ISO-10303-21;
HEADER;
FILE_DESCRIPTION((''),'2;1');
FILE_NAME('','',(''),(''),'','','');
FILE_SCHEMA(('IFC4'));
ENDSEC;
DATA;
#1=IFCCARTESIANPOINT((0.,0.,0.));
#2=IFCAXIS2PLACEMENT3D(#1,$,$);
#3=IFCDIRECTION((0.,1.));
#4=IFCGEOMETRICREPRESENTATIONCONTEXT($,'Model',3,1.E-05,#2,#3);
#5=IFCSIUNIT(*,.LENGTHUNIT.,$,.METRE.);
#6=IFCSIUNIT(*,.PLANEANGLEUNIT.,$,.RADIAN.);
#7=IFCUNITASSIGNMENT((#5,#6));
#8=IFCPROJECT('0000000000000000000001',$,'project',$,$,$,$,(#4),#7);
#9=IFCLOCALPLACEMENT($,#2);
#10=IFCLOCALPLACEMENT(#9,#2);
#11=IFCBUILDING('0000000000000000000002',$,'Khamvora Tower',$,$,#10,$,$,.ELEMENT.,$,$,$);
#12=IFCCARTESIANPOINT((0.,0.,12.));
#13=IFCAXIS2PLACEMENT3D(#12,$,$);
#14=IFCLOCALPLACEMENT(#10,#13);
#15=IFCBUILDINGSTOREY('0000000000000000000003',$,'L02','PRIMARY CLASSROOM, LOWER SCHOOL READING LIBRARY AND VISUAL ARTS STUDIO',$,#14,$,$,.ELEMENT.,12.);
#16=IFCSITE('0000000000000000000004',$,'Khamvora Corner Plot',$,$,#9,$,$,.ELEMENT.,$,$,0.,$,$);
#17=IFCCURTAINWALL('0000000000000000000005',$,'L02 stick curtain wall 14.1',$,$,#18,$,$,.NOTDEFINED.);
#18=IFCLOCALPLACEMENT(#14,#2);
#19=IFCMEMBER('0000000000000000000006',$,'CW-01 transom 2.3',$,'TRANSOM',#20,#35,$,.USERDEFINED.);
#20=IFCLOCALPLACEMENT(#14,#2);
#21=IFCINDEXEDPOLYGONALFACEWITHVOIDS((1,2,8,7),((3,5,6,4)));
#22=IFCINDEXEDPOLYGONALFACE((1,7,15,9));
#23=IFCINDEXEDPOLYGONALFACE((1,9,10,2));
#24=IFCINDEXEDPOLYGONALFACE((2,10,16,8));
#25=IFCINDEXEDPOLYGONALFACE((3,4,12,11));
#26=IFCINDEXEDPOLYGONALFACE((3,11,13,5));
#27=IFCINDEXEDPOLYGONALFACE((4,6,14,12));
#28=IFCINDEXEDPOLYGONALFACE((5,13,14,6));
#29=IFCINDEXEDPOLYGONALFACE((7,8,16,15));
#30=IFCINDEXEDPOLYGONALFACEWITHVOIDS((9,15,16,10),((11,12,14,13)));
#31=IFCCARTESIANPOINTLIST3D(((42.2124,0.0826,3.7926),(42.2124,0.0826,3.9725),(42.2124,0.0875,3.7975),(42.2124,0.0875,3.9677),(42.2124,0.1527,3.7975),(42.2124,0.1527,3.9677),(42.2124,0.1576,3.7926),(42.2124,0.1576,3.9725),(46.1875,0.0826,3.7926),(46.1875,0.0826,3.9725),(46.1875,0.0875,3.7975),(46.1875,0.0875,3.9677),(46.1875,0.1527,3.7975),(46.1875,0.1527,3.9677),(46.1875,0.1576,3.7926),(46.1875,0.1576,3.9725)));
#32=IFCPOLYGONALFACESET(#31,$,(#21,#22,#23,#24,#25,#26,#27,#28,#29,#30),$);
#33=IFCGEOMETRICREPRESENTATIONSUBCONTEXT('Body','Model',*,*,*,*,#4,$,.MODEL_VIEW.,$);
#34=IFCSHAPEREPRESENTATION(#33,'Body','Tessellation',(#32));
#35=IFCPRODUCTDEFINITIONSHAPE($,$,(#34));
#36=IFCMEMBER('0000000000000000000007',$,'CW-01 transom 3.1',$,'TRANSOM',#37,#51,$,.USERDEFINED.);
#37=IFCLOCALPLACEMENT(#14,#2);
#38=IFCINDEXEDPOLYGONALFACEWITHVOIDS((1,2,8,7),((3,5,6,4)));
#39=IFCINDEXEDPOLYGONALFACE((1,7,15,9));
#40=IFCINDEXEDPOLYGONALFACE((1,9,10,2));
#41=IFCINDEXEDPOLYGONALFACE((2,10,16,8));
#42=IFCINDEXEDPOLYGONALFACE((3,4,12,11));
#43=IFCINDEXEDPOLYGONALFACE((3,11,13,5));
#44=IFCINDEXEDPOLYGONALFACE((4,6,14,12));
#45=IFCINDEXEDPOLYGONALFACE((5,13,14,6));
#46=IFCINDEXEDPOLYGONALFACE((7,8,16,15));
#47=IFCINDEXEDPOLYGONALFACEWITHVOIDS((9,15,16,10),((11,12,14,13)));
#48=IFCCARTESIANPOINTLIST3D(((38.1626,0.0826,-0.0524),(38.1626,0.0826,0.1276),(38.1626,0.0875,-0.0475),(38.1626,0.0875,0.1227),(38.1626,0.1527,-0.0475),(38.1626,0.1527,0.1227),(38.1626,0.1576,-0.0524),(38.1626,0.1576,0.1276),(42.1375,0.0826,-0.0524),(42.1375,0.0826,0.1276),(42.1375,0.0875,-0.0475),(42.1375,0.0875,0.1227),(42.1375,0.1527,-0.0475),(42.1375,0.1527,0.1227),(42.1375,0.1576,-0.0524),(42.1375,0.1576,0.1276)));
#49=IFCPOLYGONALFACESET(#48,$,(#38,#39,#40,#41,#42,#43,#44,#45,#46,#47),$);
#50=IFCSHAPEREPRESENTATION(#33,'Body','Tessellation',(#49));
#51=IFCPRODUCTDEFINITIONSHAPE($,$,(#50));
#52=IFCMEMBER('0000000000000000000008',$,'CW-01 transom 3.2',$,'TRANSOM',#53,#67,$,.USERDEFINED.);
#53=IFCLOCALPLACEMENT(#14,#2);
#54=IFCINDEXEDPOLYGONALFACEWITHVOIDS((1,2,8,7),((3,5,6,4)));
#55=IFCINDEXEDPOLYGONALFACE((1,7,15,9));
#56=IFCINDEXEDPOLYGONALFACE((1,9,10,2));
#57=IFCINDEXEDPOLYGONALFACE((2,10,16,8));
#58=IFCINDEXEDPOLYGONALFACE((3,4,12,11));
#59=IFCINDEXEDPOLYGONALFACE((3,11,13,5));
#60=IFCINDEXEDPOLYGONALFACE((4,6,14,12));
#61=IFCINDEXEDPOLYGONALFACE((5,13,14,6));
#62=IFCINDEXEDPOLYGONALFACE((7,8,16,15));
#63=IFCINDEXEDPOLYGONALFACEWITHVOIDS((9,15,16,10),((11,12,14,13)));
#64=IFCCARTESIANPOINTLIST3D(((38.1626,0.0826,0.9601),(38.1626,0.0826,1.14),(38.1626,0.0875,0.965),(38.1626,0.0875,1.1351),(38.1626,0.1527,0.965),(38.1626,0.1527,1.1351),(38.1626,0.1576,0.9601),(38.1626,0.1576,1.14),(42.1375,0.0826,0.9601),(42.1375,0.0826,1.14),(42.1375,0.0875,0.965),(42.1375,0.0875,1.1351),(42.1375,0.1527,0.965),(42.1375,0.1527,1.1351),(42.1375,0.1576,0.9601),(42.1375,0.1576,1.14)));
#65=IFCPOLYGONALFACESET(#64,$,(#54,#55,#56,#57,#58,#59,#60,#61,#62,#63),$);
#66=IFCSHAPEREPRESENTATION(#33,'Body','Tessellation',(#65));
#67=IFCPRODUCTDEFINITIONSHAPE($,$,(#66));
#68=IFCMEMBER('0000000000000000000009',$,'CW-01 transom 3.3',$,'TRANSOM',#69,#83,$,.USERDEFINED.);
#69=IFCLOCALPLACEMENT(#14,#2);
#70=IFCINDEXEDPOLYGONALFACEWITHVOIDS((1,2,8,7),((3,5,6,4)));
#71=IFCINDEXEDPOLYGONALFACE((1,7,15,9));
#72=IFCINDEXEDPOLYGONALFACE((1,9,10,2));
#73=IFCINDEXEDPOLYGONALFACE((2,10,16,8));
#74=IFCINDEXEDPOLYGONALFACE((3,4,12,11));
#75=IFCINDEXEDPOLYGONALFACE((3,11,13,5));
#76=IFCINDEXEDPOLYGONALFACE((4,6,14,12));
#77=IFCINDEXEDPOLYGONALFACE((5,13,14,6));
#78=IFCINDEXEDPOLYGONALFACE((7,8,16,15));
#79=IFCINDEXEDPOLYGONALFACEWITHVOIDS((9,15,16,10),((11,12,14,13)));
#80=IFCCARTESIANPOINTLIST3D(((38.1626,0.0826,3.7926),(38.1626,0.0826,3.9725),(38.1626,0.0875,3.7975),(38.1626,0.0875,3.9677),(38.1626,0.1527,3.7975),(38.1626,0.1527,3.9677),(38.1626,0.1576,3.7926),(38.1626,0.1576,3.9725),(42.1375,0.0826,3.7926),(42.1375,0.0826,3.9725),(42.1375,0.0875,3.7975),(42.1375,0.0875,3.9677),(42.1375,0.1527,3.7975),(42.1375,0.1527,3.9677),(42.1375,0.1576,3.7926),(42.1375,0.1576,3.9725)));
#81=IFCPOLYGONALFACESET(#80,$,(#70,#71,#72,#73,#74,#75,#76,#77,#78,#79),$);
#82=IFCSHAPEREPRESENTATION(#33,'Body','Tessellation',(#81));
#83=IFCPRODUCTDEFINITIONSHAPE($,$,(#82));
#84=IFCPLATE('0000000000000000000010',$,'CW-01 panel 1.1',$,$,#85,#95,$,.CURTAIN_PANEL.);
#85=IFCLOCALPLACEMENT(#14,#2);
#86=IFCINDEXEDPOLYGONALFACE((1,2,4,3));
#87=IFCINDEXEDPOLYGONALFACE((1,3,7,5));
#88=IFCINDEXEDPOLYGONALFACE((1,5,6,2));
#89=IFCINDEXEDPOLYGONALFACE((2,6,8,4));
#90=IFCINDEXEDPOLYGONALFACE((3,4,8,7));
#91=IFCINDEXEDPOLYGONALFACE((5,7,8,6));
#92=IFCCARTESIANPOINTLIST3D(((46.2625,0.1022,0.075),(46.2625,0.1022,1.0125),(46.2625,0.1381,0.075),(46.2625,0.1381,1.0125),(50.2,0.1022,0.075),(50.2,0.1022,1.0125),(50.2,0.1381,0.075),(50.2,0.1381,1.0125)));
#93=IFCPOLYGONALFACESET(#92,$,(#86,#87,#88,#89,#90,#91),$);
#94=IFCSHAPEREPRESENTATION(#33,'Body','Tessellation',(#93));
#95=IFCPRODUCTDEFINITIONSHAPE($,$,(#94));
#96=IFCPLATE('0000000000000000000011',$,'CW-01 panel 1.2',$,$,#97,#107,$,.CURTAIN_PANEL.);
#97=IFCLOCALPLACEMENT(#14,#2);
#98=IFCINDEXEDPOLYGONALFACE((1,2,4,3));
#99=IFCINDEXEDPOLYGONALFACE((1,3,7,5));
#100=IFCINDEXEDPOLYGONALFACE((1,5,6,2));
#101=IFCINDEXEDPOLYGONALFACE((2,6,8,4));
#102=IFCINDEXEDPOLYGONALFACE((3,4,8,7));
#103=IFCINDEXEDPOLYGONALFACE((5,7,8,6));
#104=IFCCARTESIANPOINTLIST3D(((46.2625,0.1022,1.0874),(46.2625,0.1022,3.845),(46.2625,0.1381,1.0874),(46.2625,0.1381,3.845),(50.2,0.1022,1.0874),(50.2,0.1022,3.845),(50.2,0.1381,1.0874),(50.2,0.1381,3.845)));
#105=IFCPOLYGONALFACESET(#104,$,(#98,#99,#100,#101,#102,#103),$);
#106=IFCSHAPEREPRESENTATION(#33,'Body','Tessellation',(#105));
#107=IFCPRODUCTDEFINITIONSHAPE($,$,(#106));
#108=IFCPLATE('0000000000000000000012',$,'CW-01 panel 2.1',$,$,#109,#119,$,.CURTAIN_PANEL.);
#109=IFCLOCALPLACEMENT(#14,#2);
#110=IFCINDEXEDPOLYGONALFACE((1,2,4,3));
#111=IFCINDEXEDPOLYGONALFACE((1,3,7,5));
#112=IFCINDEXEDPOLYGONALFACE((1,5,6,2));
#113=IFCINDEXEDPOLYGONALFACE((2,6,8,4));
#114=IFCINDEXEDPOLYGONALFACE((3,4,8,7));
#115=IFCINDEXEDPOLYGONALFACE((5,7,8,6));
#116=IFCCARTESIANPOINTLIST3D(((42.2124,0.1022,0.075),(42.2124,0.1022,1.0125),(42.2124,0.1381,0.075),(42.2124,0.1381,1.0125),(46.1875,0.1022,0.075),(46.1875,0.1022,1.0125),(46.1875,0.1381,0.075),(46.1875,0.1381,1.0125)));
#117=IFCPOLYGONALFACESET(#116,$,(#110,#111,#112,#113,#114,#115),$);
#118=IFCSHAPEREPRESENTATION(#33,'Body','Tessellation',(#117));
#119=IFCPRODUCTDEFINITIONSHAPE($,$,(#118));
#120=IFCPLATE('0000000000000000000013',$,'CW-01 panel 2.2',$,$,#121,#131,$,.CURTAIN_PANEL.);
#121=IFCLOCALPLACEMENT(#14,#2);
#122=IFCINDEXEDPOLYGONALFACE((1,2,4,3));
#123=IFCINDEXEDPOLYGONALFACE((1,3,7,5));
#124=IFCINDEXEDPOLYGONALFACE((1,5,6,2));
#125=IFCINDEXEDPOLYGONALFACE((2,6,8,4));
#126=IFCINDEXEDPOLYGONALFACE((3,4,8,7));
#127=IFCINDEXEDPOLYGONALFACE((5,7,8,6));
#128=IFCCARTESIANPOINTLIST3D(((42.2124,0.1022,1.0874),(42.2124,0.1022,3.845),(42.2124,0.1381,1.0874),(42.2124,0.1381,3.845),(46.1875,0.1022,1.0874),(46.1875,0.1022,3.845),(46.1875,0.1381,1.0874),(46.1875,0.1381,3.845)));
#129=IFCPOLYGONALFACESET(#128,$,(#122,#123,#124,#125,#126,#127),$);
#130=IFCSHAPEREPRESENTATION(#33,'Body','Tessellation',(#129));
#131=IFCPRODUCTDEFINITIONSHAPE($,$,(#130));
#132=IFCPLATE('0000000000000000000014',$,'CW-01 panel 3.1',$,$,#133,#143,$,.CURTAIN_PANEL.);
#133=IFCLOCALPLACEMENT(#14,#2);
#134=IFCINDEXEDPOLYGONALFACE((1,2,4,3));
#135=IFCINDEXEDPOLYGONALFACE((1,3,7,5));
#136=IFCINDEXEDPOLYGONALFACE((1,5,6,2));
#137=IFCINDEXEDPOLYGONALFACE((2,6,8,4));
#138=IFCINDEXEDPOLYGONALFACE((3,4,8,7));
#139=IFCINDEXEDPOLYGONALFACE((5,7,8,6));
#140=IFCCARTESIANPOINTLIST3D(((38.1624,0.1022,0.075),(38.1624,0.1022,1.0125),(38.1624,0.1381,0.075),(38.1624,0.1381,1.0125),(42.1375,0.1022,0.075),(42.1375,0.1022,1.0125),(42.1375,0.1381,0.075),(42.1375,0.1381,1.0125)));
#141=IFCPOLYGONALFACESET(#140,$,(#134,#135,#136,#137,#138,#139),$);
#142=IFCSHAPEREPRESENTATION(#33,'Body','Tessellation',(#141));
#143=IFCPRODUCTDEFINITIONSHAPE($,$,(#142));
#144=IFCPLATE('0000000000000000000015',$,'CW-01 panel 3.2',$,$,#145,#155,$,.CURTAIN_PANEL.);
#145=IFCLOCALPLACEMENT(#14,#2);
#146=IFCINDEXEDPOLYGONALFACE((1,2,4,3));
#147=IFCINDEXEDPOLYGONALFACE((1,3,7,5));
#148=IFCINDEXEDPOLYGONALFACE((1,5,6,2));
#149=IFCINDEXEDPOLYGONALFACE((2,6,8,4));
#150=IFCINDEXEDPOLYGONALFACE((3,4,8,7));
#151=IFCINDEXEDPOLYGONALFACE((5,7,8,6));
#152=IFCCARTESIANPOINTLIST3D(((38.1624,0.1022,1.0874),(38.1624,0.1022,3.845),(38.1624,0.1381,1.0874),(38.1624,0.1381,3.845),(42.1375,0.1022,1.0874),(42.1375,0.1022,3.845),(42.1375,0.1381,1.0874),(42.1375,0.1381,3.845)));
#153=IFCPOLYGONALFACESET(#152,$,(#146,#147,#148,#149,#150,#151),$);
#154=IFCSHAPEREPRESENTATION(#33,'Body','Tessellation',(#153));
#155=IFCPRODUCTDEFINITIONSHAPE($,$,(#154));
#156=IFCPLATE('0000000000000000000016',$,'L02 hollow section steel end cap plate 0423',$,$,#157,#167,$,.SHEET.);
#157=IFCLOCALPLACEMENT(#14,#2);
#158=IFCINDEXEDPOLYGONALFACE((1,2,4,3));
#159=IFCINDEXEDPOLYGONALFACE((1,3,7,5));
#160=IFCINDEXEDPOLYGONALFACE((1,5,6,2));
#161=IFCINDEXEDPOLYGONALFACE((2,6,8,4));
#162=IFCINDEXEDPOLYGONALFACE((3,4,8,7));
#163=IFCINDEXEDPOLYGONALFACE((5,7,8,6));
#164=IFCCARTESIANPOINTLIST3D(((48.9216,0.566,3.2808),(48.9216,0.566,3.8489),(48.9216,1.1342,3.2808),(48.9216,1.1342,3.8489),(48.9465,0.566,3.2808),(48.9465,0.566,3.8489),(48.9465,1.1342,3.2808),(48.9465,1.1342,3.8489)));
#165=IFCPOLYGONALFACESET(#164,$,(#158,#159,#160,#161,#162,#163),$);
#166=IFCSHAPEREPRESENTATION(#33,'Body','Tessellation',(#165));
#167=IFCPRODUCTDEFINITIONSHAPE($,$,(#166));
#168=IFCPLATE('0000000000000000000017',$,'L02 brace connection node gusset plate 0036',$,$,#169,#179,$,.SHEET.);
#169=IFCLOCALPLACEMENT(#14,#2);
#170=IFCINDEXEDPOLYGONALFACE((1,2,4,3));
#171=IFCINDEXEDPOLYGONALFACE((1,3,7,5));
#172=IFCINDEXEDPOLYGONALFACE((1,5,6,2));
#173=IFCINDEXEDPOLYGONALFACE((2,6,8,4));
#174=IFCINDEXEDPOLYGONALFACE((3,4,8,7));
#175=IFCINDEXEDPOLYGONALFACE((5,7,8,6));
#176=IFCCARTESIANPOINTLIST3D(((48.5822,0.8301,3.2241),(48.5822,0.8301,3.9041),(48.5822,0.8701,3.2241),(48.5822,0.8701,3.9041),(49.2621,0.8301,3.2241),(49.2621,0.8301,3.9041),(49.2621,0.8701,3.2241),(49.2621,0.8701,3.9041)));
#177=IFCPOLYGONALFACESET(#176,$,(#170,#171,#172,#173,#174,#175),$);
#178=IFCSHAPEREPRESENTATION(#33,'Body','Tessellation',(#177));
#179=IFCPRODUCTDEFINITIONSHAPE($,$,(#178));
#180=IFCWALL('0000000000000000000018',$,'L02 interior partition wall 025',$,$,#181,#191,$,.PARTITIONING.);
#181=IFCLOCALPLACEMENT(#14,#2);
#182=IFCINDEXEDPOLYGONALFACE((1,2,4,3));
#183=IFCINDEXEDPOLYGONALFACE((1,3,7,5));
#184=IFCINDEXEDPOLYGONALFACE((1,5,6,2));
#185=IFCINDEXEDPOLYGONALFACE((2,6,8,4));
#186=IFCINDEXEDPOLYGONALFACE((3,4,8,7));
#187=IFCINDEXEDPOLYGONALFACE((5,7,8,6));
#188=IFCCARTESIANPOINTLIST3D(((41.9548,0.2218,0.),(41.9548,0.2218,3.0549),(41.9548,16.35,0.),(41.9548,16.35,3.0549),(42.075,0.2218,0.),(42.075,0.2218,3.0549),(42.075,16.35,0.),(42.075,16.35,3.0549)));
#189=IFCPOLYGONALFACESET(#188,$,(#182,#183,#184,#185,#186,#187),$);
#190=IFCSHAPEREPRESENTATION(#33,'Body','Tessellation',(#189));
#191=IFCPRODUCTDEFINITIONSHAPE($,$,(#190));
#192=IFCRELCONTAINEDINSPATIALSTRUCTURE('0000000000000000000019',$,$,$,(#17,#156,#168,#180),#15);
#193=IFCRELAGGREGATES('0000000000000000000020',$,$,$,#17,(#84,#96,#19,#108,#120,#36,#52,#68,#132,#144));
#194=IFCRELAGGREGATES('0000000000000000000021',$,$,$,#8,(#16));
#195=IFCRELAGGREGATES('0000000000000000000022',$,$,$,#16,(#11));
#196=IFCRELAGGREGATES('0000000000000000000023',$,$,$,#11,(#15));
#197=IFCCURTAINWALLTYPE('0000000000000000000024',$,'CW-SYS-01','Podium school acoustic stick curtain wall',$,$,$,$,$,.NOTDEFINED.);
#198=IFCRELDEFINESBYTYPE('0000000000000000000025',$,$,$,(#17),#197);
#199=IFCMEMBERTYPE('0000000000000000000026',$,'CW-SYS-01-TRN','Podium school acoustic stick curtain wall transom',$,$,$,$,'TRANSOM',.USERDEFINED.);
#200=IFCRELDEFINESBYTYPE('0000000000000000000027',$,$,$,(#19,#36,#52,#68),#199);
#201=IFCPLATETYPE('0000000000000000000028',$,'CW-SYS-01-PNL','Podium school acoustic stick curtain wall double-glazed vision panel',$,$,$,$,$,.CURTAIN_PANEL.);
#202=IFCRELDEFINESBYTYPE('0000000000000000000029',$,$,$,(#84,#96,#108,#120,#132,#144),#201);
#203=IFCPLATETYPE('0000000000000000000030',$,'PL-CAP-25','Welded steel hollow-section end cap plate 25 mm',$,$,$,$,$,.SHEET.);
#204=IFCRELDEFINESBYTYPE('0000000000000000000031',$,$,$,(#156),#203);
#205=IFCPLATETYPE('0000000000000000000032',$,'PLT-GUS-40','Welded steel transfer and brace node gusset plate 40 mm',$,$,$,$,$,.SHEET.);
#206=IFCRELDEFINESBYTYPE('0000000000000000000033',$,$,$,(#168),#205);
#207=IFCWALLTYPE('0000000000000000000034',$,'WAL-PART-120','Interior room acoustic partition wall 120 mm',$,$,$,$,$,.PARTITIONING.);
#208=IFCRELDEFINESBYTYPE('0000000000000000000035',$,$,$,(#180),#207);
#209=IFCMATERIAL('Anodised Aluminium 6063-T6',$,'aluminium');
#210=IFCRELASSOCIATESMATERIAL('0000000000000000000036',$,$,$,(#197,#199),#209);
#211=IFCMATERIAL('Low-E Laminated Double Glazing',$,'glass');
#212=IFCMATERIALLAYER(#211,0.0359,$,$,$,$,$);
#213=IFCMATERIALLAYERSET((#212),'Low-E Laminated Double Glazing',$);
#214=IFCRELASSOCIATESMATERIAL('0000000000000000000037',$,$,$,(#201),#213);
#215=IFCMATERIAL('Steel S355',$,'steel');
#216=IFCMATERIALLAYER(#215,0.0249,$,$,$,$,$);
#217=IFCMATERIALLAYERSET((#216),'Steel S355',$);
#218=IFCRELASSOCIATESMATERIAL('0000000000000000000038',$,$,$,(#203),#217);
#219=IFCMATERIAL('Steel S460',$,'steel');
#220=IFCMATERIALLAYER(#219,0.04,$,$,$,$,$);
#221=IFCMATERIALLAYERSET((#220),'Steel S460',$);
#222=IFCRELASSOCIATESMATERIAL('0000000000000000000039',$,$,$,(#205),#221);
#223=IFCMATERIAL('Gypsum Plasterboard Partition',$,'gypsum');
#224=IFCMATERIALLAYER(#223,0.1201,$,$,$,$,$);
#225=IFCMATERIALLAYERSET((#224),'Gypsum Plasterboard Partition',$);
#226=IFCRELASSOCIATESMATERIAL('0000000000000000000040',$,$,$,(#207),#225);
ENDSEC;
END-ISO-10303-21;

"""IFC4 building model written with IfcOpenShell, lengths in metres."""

from ifc_helpers import new_model, si_unit, direction, frame, frame_2d, origin, origin_2d, place, context, subcontext, project, spatial, rectangle, hollow_rectangle, extrude, material, layer, layer_set, material_profile, profile_set, type_object, element, aggregate, save


model = new_model("IFC4")

# Units and contexts
model_context = context("Model", 3, precision=1e-05, world=origin(), true_north=direction((0.0, 1.0)))
body_context = subcontext(model_context, "Body", "Model", "MODEL_VIEW")
ifc_project = project(units=[si_unit("LENGTHUNIT", "METRE"), si_unit("PLANEANGLEUNIT", "RADIAN")], contexts=[model_context])

# Site, building, storey
site_placement = place(None, origin())
site = spatial("IfcSite", under=ifc_project, at=site_placement, Name="Khamvora Corner Plot", CompositionType="ELEMENT", RefElevation=0.0)
building_placement = place(site_placement, origin())
building = spatial("IfcBuilding", under=site, at=building_placement, Name="Khamvora Tower", CompositionType="ELEMENT")
storey_placement = place(building_placement, frame((0.0, 0.0, 12.0)))
storey = spatial("IfcBuildingStorey", under=building, at=storey_placement, Name="L02", Description="PRIMARY CLASSROOM, LOWER SCHOOL READING LIBRARY AND VISUAL ARTS STUDIO", CompositionType="ELEMENT", Elevation=12.0)

# Shared definitions
ifc_material_1 = material(Name="Steel S460", Category="steel")

# Shared definitions
ifc_material_2 = material(Name="Steel S355", Category="steel")

# Curtain wall, members, plates
ifc_material_3 = material(Name="Anodised Aluminium 6063-T6", Category="aluminium")
curtain_wall_type = type_object("IfcCurtainWallType", Name="CW-SYS-01", Description="Podium school acoustic stick curtain wall", PredefinedType="NOTDEFINED", material=ifc_material_3)
curtain_wall_placement = place(storey_placement, origin())
curtain_wall = element("IfcCurtainWall", 1, at=curtain_wall_placement, inside=storey, type_object=curtain_wall_type, Name="L02 stick curtain wall 14.1", PredefinedType="NOTDEFINED")
ifc_material_profile_1 = material_profile(ifc_material_3, hollow_rectangle(XDim=0.075, YDim=0.1799, WallThickness=0.0049, at=origin_2d()), Name="TRN75x180x5")
ifc_profile_set_1 = profile_set([ifc_material_profile_1], Name="Anodised Aluminium 6063-T6")
member_type_1 = type_object("IfcMemberType", Name="CW-SYS-01-TRN", Description="Podium school acoustic stick curtain wall transom", ElementType="TRANSOM", PredefinedType="USERDEFINED", material=ifc_profile_set_1)
member_1_placement = place(storey_placement, frame((46.1875, 0.1201, 3.8826), z_axis=(-1.0, 0.0, 0.0), x_axis=(0.0, -1.0, 0.0)))
member_1 = element("IfcMember", 2, at=member_1_placement, type_object=member_type_1, Name="CW-01 transom 2.3", ObjectType="TRANSOM", PredefinedType="USERDEFINED", context=body_context, shape_type="SweptSolid", body=[
    extrude(hollow_rectangle(XDim=0.075, YDim=0.1799, WallThickness=0.0049, at=origin_2d()), origin(), (0.0, 0.0, 1.0), 3.9751),
])
member_2_placement = place(storey_placement, frame((42.1375, 0.1201, 0.0376), z_axis=(-1.0, 0.0, 0.0), x_axis=(0.0, -1.0, 0.0)))
member_2 = element("IfcMember", 3, at=member_2_placement, type_object=member_type_1, Name="CW-01 transom 3.1", ObjectType="TRANSOM", PredefinedType="USERDEFINED", context=body_context, shape_type="SweptSolid", body=[
    extrude(hollow_rectangle(XDim=0.075, YDim=0.1799, WallThickness=0.0049, at=origin_2d()), origin(), (0.0, 0.0, 1.0), 3.9749),
])
member_3_placement = place(storey_placement, frame((42.1375, 0.1201, 1.05), z_axis=(-1.0, 0.0, 0.0), x_axis=(0.0, -1.0, 0.0)))
member_3 = element("IfcMember", 4, at=member_3_placement, type_object=member_type_1, Name="CW-01 transom 3.2", ObjectType="TRANSOM", PredefinedType="USERDEFINED", context=body_context, shape_type="SweptSolid", body=[
    extrude(hollow_rectangle(XDim=0.075, YDim=0.1799, WallThickness=0.0049, at=origin_2d()), origin(), (0.0, 0.0, 1.0), 3.9749),
])
member_4_placement = place(storey_placement, frame((42.1375, 0.1201, 3.8826), z_axis=(-1.0, 0.0, 0.0), x_axis=(0.0, -1.0, 0.0)))
member_4 = element("IfcMember", 5, at=member_4_placement, type_object=member_type_1, Name="CW-01 transom 3.3", ObjectType="TRANSOM", PredefinedType="USERDEFINED", context=body_context, shape_type="SweptSolid", body=[
    extrude(hollow_rectangle(XDim=0.075, YDim=0.1799, WallThickness=0.0049, at=origin_2d()), origin(), (0.0, 0.0, 1.0), 3.9749),
])
ifc_material_4 = material(Name="Low-E Laminated Double Glazing", Category="glass")
ifc_layer_1 = layer(ifc_material_4, 0.0359)
ifc_layer_set_1 = layer_set([ifc_layer_1], Name="Low-E Laminated Double Glazing")
plate_type_1 = type_object("IfcPlateType", Name="CW-SYS-01-PNL", Description="Podium school acoustic stick curtain wall double-glazed vision panel", PredefinedType="CURTAIN_PANEL", material=ifc_layer_set_1)
plate_1_placement = place(storey_placement, frame((48.2312, 0.1201, 0.075), z_axis=(0.0, 0.0, 1.0), x_axis=(-1.0, 0.0, 0.0)))
plate_1 = element("IfcPlate", 6, at=plate_1_placement, type_object=plate_type_1, Name="CW-01 panel 1.1", PredefinedType="CURTAIN_PANEL", context=body_context, shape_type="SweptSolid", body=[
    extrude(rectangle(XDim=3.9375, YDim=0.0359, at=origin_2d()), origin(), (0.0, 0.0, 1.0), 0.9375),
])
plate_2_placement = place(storey_placement, frame((48.2312, 0.1201, 1.0874), z_axis=(0.0, 0.0, 1.0), x_axis=(-1.0, 0.0, 0.0)))
plate_2 = element("IfcPlate", 7, at=plate_2_placement, type_object=plate_type_1, Name="CW-01 panel 1.2", PredefinedType="CURTAIN_PANEL", context=body_context, shape_type="SweptSolid", body=[
    extrude(rectangle(XDim=3.9375, YDim=0.0359, at=origin_2d()), origin(), (0.0, 0.0, 1.0), 2.7576),
])
plate_3_placement = place(storey_placement, frame((44.2, 0.1201, 0.075), z_axis=(0.0, 0.0, 1.0), x_axis=(-1.0, 0.0, 0.0)))
plate_3 = element("IfcPlate", 8, at=plate_3_placement, type_object=plate_type_1, Name="CW-01 panel 2.1", PredefinedType="CURTAIN_PANEL", context=body_context, shape_type="SweptSolid", body=[
    extrude(rectangle(XDim=3.9751, YDim=0.0359, at=origin_2d()), origin(), (0.0, 0.0, 1.0), 0.9375),
])
plate_4_placement = place(storey_placement, frame((44.2, 0.1201, 1.0874), z_axis=(0.0, 0.0, 1.0), x_axis=(-1.0, 0.0, 0.0)))
plate_4 = element("IfcPlate", 9, at=plate_4_placement, type_object=plate_type_1, Name="CW-01 panel 2.2", PredefinedType="CURTAIN_PANEL", context=body_context, shape_type="SweptSolid", body=[
    extrude(rectangle(XDim=3.9751, YDim=0.0359, at=origin_2d()), origin(), (0.0, 0.0, 1.0), 2.7576),
])
plate_5_placement = place(storey_placement, frame((40.1499, 0.1201, 0.075), z_axis=(0.0, 0.0, 1.0), x_axis=(-1.0, 0.0, 0.0)))
plate_5 = element("IfcPlate", 10, at=plate_5_placement, type_object=plate_type_1, Name="CW-01 panel 3.1", PredefinedType="CURTAIN_PANEL", context=body_context, shape_type="SweptSolid", body=[
    extrude(rectangle(XDim=3.9751, YDim=0.0359, at=origin_2d()), origin(), (0.0, 0.0, 1.0), 0.9375),
])
plate_6_placement = place(storey_placement, frame((40.1499, 0.1201, 1.0874), z_axis=(0.0, 0.0, 1.0), x_axis=(-1.0, 0.0, 0.0)))
plate_6 = element("IfcPlate", 11, at=plate_6_placement, type_object=plate_type_1, Name="CW-01 panel 3.2", PredefinedType="CURTAIN_PANEL", context=body_context, shape_type="SweptSolid", body=[
    extrude(rectangle(XDim=3.9751, YDim=0.0359, at=origin_2d()), origin(), (0.0, 0.0, 1.0), 2.7576),
])
aggregate(curtain_wall, [plate_1, plate_2, member_1, plate_3, plate_4, member_2, member_3, member_4, plate_5, plate_6])

# Plates
ifc_layer_2 = layer(ifc_material_2, 0.0249)
ifc_layer_set_2 = layer_set([ifc_layer_2], Name="Steel S355")
plate_type_2 = type_object("IfcPlateType", Name="PL-CAP-25", Description="Welded steel hollow-section end cap plate 25 mm", PredefinedType="SHEET", material=ifc_layer_set_2)
plate_7_placement = place(storey_placement, frame((48.9341, 0.8501, 3.2808), z_axis=(0.0, 0.0, 1.0), x_axis=(1.0, 0.0, 0.0)))
element("IfcPlate", 12, at=plate_7_placement, inside=storey, type_object=plate_type_2, Name="L02 hollow section steel end cap plate 0423", PredefinedType="SHEET", context=body_context, shape_type="SweptSolid", body=[
    extrude(rectangle(XDim=0.0249, YDim=0.5681, at=origin_2d()), origin(), (0.0, 0.0, 1.0), 0.5681),
])
ifc_layer_3 = layer(ifc_material_1, 0.04)
ifc_layer_set_3 = layer_set([ifc_layer_3], Name="Steel S460")
plate_type_3 = type_object("IfcPlateType", Name="PLT-GUS-40", Description="Welded steel transfer and brace node gusset plate 40 mm", PredefinedType="SHEET", material=ifc_layer_set_3)
plate_8_placement = place(storey_placement, frame((48.9221, 0.8501, 3.2241), z_axis=(0.0, 0.0, 1.0), x_axis=(1.0, 0.0, 0.0)))
element("IfcPlate", 13, at=plate_8_placement, inside=storey, type_object=plate_type_3, Name="L02 brace connection node gusset plate 0036", PredefinedType="SHEET", context=body_context, shape_type="SweptSolid", body=[
    extrude(rectangle(XDim=0.6799, YDim=0.04, at=origin_2d()), origin(), (0.0, 0.0, 1.0), 0.6799),
])

# Wall
ifc_material_5 = material(Name="Gypsum Plasterboard Partition", Category="gypsum")
ifc_layer_4 = layer(ifc_material_5, 0.1201)
ifc_layer_set_4 = layer_set([ifc_layer_4], Name="Gypsum Plasterboard Partition")
wall_type = type_object("IfcWallType", Name="WAL-PART-120", Description="Interior room acoustic partition wall 120 mm", PredefinedType="PARTITIONING", material=ifc_layer_set_4)
wall_placement = place(storey_placement, frame((42.0149, 0.2219, 0.0), z_axis=(0.0, 0.0, 1.0), x_axis=(0.0, 1.0, 0.0)))
element("IfcWall", 14, at=wall_placement, inside=storey, type_object=wall_type, Name="L02 interior partition wall 025", PredefinedType="PARTITIONING", context=body_context, shape_type="SweptSolid", body=[
    extrude(rectangle(XDim=16.1282, YDim=0.1201, at=frame_2d((8.064, 0.0))), origin(), (0.0, 0.0, 1.0), 3.0549),
])

save(model, "model.ifc")
